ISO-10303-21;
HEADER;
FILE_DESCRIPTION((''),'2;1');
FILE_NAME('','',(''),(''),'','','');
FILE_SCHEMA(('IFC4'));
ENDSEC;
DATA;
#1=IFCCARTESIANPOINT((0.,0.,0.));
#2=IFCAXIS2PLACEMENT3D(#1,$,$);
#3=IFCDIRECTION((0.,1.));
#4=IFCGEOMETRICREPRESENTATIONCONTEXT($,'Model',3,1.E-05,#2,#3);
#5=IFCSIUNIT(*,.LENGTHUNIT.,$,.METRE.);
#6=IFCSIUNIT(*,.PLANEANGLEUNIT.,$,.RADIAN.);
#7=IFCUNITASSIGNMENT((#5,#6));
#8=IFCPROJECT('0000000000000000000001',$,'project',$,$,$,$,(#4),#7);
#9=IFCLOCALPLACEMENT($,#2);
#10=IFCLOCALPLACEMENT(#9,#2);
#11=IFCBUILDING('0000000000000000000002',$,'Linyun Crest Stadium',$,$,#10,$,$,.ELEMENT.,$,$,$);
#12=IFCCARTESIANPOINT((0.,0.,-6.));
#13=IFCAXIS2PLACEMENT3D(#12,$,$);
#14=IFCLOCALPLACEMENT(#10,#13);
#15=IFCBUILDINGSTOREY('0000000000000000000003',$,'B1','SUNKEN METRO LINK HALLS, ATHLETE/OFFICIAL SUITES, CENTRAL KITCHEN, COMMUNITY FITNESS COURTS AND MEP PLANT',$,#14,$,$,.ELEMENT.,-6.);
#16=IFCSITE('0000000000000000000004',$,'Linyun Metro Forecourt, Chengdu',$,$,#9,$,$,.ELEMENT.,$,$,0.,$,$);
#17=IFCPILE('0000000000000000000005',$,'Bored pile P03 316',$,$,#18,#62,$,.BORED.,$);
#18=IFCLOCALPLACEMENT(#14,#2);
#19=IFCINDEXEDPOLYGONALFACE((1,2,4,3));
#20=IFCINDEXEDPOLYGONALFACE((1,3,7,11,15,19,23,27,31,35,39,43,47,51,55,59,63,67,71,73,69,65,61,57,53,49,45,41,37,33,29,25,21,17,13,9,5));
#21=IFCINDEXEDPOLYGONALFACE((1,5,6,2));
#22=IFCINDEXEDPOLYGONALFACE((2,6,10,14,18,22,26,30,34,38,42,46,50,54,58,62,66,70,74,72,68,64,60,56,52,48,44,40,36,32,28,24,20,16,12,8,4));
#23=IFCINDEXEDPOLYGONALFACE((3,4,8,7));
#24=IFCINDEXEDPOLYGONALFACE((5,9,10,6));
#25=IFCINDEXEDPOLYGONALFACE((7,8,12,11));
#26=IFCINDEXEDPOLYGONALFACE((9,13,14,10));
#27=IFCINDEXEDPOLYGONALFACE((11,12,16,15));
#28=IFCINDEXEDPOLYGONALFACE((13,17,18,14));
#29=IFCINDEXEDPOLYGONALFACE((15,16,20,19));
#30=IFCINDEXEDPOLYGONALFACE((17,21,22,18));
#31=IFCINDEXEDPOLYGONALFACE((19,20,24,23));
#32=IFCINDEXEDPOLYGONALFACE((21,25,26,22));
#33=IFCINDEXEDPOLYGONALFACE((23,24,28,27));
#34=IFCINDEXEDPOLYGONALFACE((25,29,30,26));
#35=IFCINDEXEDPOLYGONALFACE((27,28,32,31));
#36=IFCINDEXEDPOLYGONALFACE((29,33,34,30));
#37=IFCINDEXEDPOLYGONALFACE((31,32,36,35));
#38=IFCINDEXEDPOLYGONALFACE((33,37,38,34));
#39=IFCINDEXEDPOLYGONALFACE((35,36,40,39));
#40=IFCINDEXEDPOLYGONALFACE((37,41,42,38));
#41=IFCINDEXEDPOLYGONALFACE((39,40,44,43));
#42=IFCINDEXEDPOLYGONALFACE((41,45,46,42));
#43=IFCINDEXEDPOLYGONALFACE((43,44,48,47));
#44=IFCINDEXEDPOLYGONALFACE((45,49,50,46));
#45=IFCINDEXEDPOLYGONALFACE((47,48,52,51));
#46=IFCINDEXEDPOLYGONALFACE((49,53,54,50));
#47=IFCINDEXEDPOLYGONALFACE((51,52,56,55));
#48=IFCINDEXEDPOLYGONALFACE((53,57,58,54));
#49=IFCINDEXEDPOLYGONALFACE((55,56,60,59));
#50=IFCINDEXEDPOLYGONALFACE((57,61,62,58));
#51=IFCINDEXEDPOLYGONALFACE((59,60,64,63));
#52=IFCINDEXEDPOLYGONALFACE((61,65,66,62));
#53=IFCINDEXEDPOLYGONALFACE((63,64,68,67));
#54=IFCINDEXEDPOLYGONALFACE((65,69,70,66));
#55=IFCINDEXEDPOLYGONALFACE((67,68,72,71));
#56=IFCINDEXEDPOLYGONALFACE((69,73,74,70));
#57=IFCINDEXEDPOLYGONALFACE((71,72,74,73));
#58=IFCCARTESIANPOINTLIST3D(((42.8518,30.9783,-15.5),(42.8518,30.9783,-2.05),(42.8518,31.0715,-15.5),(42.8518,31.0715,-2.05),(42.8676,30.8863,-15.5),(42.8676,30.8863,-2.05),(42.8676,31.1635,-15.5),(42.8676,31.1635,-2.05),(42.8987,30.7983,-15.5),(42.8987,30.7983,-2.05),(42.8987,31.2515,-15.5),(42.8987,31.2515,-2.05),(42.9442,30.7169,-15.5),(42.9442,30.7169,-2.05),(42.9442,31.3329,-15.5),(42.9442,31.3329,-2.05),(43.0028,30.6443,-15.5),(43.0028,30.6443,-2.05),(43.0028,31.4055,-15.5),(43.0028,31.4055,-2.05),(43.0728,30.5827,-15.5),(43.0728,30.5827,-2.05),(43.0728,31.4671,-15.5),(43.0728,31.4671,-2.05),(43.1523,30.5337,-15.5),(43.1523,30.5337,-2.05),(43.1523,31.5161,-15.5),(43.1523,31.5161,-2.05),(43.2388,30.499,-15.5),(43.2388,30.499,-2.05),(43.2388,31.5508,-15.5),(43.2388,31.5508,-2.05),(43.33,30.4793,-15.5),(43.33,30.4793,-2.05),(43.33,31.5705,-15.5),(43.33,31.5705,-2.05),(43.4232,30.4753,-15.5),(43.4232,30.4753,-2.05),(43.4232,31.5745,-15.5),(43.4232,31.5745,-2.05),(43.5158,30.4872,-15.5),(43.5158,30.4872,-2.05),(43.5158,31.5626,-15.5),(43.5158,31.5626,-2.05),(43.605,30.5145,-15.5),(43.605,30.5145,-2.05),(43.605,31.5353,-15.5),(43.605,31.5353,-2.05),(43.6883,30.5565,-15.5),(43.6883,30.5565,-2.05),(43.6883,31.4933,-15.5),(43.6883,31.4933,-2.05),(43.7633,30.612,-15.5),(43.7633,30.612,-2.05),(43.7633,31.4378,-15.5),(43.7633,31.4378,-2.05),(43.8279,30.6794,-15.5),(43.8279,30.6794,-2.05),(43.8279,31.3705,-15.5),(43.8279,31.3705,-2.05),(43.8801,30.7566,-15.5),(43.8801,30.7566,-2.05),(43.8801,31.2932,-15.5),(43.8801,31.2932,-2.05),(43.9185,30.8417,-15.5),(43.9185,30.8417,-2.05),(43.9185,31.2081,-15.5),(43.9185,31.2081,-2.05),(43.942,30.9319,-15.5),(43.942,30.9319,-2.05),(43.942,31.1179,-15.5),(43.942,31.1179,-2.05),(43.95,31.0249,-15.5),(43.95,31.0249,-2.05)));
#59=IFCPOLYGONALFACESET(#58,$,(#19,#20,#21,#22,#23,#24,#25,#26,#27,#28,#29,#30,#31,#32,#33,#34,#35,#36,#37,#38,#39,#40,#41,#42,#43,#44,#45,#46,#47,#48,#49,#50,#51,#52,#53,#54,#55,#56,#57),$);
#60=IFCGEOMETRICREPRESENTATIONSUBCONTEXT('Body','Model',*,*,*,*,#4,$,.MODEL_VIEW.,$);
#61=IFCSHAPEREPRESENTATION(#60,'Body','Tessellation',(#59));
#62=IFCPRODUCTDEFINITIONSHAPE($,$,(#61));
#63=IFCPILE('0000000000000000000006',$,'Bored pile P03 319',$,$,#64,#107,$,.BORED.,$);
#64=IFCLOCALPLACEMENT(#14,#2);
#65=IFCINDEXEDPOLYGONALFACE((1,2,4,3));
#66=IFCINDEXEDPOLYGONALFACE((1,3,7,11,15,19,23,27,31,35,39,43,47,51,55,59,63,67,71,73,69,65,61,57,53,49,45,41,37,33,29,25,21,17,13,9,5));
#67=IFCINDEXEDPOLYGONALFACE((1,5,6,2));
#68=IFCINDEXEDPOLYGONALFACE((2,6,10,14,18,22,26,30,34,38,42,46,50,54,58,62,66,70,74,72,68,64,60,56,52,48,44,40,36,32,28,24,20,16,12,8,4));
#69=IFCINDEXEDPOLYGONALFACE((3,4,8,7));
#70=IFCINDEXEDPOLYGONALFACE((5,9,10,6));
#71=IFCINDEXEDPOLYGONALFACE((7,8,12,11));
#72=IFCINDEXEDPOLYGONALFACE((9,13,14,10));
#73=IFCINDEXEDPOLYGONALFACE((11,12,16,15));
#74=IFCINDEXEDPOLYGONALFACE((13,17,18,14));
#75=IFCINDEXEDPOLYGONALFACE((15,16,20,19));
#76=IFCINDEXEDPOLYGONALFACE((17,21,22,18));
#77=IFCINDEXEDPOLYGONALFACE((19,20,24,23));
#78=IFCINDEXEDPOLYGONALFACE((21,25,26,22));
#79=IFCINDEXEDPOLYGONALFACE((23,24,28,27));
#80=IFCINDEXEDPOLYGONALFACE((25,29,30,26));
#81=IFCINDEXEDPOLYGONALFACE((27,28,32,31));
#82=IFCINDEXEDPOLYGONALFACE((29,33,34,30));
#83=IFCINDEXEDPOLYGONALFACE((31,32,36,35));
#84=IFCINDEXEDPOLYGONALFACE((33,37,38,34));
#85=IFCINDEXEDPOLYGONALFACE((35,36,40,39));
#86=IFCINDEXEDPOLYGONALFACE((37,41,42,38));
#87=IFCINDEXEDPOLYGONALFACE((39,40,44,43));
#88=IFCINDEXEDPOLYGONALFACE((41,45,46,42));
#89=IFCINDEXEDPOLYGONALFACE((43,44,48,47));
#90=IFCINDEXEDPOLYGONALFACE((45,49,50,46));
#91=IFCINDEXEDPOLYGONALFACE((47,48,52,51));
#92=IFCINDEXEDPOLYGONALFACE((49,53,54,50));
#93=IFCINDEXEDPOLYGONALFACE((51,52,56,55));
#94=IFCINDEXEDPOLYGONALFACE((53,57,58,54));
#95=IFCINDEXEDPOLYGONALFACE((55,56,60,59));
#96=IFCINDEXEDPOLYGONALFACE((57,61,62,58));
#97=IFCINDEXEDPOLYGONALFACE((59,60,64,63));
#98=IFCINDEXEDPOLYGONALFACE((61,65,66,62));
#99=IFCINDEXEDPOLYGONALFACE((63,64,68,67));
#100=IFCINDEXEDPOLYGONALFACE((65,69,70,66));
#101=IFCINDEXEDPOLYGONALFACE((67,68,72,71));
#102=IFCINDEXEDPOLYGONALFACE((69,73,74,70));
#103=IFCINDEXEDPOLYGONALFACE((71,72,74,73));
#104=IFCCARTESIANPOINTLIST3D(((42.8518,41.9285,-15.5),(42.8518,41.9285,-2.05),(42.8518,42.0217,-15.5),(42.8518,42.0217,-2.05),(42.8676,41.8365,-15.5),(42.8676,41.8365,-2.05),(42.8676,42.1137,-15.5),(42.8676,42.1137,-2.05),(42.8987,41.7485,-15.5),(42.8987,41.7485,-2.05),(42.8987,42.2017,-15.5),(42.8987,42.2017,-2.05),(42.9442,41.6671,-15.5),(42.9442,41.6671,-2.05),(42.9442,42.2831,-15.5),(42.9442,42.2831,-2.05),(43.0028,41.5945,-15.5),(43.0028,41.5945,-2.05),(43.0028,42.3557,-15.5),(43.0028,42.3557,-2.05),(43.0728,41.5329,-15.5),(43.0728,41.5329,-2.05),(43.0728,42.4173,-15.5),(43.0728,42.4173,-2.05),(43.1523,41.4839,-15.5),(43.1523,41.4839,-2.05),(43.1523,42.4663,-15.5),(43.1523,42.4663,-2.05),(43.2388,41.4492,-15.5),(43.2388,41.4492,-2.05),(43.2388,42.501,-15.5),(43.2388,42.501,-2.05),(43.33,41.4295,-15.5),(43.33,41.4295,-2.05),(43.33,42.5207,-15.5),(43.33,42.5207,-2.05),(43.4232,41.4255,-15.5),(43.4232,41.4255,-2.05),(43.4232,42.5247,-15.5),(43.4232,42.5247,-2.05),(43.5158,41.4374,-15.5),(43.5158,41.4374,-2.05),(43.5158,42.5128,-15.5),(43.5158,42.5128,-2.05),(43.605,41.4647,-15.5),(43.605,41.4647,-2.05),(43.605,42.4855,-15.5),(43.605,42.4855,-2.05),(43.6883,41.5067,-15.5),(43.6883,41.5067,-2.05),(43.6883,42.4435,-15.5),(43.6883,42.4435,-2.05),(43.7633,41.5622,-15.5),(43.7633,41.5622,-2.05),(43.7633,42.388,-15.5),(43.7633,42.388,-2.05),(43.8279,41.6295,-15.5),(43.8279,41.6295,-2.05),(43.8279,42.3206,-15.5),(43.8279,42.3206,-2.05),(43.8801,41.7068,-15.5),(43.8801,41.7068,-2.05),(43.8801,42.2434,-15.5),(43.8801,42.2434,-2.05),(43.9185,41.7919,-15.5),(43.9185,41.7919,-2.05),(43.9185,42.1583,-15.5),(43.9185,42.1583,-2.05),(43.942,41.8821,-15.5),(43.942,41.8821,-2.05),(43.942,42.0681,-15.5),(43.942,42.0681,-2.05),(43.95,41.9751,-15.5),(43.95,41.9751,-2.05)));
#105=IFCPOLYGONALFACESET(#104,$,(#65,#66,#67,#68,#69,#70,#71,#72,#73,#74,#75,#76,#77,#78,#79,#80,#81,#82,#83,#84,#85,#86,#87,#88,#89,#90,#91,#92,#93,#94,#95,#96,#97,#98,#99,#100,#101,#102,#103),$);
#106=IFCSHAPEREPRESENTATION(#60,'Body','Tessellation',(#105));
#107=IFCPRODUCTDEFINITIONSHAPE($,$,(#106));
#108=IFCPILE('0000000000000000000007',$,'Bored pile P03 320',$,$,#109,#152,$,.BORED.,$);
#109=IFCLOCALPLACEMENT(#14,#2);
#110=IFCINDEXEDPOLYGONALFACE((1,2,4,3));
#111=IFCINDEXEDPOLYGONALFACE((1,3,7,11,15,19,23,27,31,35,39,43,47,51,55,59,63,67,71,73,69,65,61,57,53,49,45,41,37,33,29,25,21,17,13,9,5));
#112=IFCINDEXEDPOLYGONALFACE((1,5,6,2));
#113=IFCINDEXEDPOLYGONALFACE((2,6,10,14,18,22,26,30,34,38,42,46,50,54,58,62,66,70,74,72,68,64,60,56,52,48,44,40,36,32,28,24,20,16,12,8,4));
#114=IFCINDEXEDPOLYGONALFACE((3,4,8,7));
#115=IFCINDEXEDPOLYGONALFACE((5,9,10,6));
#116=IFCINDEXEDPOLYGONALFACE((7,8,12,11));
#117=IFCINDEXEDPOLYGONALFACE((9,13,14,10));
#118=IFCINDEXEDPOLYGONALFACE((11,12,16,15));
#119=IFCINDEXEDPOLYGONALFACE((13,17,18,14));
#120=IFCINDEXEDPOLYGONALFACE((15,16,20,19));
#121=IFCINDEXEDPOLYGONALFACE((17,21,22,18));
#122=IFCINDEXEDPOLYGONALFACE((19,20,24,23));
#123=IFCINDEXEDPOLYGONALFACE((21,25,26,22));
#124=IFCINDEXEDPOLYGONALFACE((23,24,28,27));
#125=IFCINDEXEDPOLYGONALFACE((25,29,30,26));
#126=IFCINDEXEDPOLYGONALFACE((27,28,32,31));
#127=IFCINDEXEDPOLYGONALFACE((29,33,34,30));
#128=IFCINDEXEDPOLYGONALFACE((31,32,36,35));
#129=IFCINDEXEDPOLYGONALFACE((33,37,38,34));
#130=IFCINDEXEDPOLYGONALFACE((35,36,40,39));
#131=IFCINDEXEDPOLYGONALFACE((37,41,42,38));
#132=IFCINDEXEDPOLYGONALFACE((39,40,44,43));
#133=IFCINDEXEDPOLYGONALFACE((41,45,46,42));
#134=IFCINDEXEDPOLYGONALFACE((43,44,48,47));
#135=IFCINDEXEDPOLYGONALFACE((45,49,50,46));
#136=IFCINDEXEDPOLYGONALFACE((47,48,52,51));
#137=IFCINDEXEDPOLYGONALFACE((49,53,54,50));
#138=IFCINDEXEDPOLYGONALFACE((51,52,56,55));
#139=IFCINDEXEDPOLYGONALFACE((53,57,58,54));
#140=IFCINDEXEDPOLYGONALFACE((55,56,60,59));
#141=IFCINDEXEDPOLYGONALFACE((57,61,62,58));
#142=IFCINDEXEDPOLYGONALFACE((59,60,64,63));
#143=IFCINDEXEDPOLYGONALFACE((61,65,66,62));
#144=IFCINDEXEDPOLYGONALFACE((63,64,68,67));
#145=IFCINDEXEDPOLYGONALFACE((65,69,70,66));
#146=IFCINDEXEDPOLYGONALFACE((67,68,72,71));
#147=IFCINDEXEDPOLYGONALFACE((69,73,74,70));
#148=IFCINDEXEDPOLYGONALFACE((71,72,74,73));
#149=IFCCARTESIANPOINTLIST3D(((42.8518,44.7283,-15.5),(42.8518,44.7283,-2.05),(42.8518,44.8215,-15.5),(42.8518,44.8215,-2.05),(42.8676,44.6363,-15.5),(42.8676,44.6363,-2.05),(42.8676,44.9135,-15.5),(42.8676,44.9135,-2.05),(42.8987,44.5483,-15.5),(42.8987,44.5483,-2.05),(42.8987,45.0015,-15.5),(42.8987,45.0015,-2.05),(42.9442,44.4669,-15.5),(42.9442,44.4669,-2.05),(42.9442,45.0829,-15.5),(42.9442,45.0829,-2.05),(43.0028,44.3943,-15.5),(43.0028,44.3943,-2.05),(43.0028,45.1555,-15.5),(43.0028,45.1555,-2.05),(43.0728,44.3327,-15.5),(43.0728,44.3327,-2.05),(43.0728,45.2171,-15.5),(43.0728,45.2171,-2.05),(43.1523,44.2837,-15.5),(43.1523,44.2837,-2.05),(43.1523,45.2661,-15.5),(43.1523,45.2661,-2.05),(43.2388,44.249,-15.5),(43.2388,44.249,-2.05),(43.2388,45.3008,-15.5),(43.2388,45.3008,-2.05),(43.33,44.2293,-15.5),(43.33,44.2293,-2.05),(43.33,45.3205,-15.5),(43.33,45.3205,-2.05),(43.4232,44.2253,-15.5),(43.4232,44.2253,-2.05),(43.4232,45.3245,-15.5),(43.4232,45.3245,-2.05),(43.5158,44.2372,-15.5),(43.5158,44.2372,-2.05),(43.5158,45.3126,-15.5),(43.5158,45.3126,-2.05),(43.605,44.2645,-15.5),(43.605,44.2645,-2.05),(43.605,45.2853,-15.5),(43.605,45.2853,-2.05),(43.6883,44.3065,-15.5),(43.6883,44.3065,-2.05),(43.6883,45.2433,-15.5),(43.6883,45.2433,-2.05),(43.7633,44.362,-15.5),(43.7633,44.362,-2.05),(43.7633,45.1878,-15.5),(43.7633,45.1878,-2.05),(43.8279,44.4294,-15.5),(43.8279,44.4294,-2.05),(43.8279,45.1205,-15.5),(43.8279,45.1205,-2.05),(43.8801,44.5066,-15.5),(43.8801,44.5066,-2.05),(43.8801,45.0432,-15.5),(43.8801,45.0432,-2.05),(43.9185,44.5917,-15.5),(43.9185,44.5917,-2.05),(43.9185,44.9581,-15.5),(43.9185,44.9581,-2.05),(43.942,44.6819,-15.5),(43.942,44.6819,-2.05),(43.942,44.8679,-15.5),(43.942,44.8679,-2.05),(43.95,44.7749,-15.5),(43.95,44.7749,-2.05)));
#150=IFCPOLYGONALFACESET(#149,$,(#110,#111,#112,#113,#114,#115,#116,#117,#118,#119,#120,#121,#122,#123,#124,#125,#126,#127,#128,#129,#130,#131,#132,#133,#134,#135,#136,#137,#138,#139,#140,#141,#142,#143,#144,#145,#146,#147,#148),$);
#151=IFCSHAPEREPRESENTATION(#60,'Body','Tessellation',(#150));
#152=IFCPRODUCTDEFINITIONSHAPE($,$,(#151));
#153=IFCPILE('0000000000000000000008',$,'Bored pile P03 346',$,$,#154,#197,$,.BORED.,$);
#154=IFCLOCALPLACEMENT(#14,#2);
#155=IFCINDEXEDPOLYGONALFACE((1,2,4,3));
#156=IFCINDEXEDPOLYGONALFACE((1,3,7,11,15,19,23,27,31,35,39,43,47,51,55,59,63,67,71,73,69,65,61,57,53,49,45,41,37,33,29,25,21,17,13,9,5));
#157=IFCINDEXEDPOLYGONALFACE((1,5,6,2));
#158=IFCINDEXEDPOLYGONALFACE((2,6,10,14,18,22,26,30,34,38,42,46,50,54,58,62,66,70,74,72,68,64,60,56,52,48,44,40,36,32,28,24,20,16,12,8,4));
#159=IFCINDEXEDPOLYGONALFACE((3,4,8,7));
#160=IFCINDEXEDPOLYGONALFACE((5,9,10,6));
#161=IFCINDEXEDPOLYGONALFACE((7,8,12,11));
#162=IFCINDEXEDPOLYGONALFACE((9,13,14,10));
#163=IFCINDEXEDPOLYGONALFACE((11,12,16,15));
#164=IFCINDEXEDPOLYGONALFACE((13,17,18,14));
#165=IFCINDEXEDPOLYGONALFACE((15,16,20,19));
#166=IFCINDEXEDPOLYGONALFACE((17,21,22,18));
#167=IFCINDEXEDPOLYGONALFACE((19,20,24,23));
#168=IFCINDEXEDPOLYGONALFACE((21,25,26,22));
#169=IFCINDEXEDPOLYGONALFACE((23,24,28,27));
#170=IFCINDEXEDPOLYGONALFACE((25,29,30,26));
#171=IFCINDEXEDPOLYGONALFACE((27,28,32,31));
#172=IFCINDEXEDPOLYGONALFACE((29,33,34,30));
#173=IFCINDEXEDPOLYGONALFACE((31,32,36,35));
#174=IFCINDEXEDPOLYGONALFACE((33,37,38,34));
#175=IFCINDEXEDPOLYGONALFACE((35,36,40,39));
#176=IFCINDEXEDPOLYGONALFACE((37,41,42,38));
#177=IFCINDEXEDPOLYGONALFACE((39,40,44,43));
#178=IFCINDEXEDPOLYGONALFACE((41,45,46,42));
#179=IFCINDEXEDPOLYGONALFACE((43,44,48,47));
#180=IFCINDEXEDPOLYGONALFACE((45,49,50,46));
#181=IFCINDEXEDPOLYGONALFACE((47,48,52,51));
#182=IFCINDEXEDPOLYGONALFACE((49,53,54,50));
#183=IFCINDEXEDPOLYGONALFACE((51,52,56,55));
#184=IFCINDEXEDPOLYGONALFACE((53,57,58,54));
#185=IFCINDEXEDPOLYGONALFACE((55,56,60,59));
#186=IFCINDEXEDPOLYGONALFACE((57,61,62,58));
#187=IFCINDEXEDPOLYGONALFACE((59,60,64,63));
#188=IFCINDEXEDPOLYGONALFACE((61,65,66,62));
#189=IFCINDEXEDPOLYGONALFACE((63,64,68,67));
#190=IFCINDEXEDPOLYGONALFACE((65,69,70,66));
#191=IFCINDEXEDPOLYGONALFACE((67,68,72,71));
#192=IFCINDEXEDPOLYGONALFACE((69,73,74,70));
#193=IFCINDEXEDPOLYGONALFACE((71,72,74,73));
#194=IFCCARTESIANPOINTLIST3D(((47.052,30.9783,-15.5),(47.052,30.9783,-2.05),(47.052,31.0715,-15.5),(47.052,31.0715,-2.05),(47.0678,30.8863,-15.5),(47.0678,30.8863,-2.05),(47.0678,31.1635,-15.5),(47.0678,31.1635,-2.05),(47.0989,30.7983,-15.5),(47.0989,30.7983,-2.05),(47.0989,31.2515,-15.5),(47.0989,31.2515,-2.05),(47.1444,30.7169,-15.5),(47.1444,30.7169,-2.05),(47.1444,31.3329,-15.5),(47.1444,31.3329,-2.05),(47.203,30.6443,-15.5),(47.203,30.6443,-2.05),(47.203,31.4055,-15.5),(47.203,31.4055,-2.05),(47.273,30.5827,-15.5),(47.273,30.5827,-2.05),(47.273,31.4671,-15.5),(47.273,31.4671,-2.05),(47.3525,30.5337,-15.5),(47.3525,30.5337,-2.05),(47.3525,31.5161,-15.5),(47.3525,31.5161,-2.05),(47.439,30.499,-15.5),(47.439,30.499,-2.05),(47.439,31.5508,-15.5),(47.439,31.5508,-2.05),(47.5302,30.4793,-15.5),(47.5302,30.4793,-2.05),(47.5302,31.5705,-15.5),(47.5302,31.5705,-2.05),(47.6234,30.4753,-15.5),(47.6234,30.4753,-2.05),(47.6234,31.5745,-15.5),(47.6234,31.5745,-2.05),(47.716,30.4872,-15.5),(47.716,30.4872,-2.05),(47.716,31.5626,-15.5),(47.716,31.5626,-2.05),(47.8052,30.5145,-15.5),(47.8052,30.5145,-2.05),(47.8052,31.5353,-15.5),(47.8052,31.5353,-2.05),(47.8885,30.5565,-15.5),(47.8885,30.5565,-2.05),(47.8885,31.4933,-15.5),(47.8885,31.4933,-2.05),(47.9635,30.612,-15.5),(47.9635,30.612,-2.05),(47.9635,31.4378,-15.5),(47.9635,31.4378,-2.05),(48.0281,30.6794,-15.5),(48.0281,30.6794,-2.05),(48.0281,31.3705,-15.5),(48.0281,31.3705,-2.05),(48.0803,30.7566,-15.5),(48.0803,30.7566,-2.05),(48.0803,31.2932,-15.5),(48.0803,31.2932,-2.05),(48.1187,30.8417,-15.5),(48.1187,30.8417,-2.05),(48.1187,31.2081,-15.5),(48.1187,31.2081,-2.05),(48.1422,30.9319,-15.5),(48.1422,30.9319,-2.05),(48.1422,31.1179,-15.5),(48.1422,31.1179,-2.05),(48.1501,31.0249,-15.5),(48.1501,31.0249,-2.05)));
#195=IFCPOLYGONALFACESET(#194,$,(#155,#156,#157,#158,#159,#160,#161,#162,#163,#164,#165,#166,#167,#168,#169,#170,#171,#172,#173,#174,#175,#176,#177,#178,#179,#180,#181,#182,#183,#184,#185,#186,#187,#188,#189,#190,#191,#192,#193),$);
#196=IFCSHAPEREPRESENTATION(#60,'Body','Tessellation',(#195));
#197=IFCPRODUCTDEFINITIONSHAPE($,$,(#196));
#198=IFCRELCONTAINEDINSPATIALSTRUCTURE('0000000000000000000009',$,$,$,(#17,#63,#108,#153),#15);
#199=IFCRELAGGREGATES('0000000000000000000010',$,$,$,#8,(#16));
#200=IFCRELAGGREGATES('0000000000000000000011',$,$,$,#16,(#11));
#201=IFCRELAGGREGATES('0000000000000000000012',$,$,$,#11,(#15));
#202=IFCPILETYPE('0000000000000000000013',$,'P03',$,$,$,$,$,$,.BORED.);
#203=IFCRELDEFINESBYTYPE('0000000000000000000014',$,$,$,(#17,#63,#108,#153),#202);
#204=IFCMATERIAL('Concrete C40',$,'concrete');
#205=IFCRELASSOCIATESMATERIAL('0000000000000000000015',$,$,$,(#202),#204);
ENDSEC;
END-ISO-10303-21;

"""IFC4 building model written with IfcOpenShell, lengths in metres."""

from ifc_helpers import new_model, si_unit, direction, frame, origin, origin_2d, place, context, subcontext, project, spatial, circle, extrude, material, material_profile, profile_set, type_object, element, save


model = new_model("IFC4")

# Units and contexts
model_context = context("Model", 3, precision=1e-05, world=origin(), true_north=direction((0.0, 1.0)))
body_context = subcontext(model_context, "Body", "Model", "MODEL_VIEW")
ifc_project = project(units=[si_unit("LENGTHUNIT", "METRE"), si_unit("PLANEANGLEUNIT", "RADIAN")], contexts=[model_context])

# Site, building, storey
site_placement = place(None, origin())
site = spatial("IfcSite", under=ifc_project, at=site_placement, Name="Linyun Metro Forecourt, Chengdu", CompositionType="ELEMENT", RefElevation=0.0)
building_placement = place(site_placement, origin())
building = spatial("IfcBuilding", under=site, at=building_placement, Name="Linyun Crest Stadium", CompositionType="ELEMENT")
storey_placement = place(building_placement, frame((0.0, 0.0, -6.0)))
storey = spatial("IfcBuildingStorey", under=building, at=storey_placement, Name="B1", Description="SUNKEN METRO LINK HALLS, ATHLETE/OFFICIAL SUITES, CENTRAL KITCHEN, COMMUNITY FITNESS COURTS AND MEP PLANT", CompositionType="ELEMENT", Elevation=-6.0)

# Piles
ifc_material_1 = material(Name="Concrete C40", Category="concrete")
ifc_material_profile_1 = material_profile(ifc_material_1, circle(Radius=0.55, at=origin_2d()), Name="BORED PILE 1100")
ifc_profile_set_1 = profile_set([ifc_material_profile_1], Name="Concrete C40")
pile_type = type_object("IfcPileType", Name="P03", PredefinedType="BORED", material=ifc_profile_set_1)
for number, where, z_axis, x_axis, name in (
    (1, (43.3999, 31.0249, -2.05), (0.0, 0.0, -1.0), (1.0, 0.0, 0.0), "Bored pile P03 316"),
    (2, (43.3999, 41.9751, -2.05), (0.0, 0.0, -1.0), (1.0, 0.0, 0.0), "Bored pile P03 319"),
    (3, (43.3999, 44.7749, -2.05), (0.0, 0.0, -1.0), (1.0, 0.0, 0.0), "Bored pile P03 320"),
    (4, (47.6001, 31.0249, -2.05), (0.0, 0.0, -1.0), (1.0, 0.0, 0.0), "Bored pile P03 346"),
):
    element("IfcPile", number, at=place(storey_placement, frame(where, z_axis=z_axis, x_axis=x_axis)), inside=storey, type_object=pile_type, Name=name, PredefinedType="BORED", context=body_context, shape_type="SweptSolid", body=[
        extrude(circle(Radius=0.55, at=origin_2d()), origin(), (0.0, 0.0, 1.0), 13.45),
    ])

save(model, "model.ifc")
